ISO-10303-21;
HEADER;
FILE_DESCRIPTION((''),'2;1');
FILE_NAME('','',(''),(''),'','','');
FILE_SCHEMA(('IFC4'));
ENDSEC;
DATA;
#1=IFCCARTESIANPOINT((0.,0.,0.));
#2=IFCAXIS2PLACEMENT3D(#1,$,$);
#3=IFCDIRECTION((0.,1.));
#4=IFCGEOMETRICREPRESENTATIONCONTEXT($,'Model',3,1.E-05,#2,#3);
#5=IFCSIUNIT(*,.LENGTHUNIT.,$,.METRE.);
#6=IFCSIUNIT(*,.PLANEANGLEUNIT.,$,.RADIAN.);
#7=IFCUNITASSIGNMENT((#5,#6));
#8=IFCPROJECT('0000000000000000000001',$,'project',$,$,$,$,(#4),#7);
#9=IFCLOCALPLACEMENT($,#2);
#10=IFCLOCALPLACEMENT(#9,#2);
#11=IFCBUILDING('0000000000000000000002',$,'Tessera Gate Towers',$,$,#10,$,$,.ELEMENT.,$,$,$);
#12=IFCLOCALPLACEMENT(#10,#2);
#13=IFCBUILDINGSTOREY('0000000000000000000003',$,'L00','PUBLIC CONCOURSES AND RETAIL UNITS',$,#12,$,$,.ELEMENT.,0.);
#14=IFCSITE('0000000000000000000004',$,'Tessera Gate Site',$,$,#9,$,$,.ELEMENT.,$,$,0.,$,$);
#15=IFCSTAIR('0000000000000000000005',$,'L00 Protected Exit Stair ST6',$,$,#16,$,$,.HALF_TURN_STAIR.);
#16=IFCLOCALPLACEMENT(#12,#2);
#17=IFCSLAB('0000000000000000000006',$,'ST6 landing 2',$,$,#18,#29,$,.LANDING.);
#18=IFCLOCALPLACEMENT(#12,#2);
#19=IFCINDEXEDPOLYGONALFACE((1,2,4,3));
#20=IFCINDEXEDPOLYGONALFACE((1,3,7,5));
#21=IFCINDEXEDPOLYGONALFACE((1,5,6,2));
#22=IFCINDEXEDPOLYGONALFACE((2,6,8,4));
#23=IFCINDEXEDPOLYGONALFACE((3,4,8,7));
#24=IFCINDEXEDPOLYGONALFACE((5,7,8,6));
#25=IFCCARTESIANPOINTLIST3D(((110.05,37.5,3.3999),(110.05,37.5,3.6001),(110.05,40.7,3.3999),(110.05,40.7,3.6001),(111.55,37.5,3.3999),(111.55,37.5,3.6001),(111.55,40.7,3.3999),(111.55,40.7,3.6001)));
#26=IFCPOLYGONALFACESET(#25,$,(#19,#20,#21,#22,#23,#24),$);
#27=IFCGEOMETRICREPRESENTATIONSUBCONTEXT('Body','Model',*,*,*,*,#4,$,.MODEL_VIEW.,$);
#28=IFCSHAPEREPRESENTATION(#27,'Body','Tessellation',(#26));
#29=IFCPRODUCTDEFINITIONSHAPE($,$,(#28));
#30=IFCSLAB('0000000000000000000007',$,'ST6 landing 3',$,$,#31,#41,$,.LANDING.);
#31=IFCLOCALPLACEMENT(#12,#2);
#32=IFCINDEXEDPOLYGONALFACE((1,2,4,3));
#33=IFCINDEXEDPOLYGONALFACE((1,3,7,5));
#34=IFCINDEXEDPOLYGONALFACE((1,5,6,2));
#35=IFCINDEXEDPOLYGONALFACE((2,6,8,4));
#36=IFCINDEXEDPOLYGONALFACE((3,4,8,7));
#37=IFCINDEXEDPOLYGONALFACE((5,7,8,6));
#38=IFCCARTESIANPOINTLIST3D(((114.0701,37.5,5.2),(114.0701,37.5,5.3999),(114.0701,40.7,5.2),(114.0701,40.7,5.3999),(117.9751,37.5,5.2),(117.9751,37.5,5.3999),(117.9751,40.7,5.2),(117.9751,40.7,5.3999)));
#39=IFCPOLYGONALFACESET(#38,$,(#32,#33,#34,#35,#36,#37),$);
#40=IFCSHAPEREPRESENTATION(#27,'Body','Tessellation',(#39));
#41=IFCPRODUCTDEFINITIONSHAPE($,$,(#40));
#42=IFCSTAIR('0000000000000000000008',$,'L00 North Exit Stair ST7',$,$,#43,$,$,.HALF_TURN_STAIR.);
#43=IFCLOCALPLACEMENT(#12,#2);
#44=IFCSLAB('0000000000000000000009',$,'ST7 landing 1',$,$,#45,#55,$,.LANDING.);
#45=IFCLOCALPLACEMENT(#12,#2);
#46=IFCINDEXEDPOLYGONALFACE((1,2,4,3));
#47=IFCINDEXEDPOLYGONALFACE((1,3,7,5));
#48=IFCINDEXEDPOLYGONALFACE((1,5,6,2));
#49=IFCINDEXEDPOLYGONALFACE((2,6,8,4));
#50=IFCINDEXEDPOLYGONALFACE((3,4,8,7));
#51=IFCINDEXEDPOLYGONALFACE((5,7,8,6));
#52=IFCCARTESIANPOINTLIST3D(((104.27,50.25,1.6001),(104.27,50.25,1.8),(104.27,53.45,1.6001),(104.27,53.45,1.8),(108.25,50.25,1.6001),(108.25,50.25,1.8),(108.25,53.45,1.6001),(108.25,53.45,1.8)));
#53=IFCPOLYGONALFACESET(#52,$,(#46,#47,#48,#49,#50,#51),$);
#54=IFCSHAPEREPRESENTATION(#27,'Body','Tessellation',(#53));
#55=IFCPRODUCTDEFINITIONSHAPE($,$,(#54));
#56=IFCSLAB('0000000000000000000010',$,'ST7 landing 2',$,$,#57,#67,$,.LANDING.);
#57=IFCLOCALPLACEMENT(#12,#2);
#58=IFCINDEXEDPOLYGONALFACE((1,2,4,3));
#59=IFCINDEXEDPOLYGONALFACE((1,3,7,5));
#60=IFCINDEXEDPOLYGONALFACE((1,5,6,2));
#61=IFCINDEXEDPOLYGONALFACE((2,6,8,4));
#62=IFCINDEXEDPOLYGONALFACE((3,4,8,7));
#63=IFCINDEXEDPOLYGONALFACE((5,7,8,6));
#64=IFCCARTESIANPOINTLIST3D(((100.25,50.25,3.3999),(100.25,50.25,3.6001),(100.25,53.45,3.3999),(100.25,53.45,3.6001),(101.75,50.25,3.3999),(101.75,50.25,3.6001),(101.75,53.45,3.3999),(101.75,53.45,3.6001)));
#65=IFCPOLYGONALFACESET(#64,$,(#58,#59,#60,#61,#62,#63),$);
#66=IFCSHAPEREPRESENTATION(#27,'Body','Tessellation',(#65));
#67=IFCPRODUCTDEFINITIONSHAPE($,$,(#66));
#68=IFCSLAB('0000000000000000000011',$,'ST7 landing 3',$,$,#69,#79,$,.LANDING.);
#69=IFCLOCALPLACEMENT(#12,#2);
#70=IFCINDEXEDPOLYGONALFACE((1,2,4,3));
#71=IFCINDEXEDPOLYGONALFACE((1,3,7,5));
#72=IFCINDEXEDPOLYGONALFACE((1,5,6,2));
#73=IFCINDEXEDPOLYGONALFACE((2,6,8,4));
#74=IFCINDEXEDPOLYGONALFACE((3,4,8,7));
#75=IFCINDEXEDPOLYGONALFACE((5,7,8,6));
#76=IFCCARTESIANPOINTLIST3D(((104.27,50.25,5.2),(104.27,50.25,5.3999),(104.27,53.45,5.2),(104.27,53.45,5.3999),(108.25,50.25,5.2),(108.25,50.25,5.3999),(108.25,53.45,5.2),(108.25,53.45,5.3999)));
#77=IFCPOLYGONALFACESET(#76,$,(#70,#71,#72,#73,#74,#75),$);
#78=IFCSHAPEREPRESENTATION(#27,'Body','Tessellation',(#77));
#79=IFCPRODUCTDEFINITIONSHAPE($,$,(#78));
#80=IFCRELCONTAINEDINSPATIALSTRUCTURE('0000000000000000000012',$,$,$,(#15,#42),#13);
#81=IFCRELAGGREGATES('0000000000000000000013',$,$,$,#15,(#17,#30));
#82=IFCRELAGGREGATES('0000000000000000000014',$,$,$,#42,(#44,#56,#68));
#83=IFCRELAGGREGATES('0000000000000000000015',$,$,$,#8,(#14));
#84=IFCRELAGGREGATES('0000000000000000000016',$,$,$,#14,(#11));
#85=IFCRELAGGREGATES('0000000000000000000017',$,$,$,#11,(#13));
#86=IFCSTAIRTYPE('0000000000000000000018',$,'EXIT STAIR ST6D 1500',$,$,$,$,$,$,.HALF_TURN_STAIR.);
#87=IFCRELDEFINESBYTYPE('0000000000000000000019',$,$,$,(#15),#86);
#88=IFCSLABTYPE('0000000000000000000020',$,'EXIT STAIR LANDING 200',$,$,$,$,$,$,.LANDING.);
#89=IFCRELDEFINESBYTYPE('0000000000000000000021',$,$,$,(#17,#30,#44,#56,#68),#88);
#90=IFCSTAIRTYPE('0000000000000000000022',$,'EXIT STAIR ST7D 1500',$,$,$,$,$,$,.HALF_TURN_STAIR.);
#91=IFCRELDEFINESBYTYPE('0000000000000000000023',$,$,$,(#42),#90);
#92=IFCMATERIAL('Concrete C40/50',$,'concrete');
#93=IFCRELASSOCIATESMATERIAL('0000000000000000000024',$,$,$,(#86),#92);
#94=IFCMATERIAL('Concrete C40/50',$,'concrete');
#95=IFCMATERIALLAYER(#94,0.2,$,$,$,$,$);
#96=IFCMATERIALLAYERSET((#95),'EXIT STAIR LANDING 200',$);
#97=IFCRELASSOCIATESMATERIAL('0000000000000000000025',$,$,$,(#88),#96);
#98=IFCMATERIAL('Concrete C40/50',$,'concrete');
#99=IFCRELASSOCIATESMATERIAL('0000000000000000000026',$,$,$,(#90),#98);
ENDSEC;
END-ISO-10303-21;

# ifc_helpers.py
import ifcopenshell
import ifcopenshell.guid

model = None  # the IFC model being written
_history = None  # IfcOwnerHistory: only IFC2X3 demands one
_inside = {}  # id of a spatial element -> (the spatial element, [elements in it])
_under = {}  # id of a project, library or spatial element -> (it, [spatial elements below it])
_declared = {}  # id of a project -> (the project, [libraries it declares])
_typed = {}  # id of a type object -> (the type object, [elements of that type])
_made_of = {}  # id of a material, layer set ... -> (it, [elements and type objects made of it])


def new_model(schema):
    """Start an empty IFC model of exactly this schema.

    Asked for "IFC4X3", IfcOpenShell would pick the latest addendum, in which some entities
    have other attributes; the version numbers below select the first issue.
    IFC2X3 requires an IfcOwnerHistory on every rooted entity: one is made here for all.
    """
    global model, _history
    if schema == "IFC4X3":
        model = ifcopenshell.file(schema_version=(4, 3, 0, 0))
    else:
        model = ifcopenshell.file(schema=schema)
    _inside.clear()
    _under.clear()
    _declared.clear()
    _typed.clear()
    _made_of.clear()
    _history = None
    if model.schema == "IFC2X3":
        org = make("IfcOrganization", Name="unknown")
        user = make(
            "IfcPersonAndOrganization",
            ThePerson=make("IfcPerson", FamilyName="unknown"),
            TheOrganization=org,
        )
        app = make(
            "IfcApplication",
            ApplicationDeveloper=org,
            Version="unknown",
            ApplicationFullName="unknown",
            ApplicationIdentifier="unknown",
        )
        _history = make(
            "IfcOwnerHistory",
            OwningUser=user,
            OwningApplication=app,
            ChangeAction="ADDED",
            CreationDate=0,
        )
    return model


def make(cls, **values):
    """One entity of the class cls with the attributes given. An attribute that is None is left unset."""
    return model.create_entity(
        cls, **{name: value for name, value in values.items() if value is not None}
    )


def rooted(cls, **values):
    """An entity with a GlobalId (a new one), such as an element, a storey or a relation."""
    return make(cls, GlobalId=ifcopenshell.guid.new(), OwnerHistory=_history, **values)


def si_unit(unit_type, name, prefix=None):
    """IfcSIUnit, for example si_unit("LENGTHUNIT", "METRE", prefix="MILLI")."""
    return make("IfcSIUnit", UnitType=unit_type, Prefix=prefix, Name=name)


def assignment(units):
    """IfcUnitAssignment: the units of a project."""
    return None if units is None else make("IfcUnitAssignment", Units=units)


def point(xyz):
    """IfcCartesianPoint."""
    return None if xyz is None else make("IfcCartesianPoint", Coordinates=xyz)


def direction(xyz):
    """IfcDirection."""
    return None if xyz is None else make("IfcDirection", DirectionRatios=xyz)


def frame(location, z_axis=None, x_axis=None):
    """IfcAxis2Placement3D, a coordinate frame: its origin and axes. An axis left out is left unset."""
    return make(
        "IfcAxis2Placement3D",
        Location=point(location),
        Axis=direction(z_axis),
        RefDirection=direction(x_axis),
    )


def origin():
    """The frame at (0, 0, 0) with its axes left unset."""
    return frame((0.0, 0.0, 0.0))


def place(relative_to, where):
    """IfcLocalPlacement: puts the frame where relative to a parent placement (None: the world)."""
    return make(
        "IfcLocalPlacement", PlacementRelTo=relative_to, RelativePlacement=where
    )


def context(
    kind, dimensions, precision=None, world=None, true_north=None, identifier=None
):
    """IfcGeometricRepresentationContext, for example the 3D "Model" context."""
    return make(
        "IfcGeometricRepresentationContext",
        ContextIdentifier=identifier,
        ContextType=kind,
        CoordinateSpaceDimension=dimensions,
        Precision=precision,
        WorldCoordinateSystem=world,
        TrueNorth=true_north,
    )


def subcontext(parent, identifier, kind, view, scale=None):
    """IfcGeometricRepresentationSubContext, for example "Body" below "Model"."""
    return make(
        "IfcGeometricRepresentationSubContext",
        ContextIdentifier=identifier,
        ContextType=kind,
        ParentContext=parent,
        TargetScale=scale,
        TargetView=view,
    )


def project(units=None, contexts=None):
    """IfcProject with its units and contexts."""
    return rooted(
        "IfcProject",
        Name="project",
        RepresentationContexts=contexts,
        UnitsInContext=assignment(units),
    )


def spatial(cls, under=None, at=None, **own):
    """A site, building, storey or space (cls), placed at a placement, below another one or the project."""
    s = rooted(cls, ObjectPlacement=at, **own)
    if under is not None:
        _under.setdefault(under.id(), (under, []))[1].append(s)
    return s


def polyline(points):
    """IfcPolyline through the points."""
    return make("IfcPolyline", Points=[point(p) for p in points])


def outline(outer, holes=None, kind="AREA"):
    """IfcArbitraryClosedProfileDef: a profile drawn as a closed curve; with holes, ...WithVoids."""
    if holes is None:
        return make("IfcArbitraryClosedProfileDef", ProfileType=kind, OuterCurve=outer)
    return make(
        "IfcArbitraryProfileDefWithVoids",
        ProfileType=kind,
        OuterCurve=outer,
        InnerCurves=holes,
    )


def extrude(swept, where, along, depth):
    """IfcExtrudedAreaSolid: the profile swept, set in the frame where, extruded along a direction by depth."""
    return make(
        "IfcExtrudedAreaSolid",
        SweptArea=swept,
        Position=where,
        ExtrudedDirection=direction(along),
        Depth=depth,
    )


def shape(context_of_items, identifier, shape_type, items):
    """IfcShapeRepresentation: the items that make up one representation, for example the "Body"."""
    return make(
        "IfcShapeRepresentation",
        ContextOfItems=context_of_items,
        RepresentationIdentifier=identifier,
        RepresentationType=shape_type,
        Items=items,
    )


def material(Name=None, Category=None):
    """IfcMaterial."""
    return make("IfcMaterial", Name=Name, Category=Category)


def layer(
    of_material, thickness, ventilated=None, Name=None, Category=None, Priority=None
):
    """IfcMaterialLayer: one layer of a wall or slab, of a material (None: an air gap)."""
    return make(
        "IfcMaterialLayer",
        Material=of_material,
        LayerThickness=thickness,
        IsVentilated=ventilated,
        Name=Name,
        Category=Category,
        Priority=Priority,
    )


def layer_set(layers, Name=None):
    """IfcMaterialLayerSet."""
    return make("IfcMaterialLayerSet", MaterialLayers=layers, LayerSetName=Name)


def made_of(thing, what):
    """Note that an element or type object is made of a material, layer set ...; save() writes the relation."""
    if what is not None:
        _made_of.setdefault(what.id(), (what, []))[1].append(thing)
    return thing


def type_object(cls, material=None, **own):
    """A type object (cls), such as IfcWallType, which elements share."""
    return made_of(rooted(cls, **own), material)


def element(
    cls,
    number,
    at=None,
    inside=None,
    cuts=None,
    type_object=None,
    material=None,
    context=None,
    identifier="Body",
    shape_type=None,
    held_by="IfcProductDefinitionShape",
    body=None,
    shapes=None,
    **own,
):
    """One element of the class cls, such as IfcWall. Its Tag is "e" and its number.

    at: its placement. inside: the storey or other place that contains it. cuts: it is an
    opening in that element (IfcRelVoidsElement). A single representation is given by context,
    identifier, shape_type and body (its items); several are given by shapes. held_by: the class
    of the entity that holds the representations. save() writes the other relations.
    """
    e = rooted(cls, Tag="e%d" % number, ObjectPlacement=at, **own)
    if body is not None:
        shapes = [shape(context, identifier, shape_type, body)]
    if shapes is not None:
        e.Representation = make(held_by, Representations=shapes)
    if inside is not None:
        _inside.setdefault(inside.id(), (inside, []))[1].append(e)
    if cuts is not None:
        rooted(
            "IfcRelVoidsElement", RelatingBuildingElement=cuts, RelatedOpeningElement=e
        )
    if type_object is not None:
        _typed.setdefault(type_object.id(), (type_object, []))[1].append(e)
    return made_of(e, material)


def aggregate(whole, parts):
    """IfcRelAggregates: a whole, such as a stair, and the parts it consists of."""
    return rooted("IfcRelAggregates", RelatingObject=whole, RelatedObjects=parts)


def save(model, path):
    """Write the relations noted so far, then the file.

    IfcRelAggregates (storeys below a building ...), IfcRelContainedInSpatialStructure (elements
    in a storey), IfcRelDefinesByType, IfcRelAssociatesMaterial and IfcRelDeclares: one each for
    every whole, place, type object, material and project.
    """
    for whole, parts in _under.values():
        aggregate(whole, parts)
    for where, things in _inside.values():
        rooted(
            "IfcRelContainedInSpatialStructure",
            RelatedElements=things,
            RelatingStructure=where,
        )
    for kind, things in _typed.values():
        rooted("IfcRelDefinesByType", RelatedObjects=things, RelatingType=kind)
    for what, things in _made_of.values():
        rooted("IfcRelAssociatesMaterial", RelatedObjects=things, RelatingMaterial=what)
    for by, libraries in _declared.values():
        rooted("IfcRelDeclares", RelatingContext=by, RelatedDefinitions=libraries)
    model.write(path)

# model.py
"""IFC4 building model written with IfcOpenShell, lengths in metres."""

from ifc_helpers import new_model, si_unit, direction, frame, origin, place, context, subcontext, project, spatial, polyline, outline, extrude, material, layer, layer_set, type_object, element, aggregate, save


model = new_model("IFC4")

# Units and contexts
model_context = context("Model", 3, precision=1e-05, world=origin(), true_north=direction((0.0, 1.0)))
body_context = subcontext(model_context, "Body", "Model", "MODEL_VIEW")
ifc_project = project(units=[si_unit("LENGTHUNIT", "METRE"), si_unit("PLANEANGLEUNIT", "RADIAN")], contexts=[model_context])

# Site, building, storey
site_placement = place(None, origin())
site = spatial("IfcSite", under=ifc_project, at=site_placement, Name="Tessera Gate Site", CompositionType="ELEMENT", RefElevation=0.0)
building_placement = place(site_placement, origin())
building = spatial("IfcBuilding", under=site, at=building_placement, Name="Tessera Gate Towers", CompositionType="ELEMENT")
storey_placement = place(building_placement, origin())
storey = spatial("IfcBuildingStorey", under=building, at=storey_placement, Name="L00", Description="PUBLIC CONCOURSES AND RETAIL UNITS", CompositionType="ELEMENT", Elevation=0.0)

# Stairs, slabs
ifc_material_1 = material(Name="Concrete C40/50", Category="concrete")
stair_type_1 = type_object("IfcStairType", Name="EXIT STAIR ST6D 1500", PredefinedType="HALF_TURN_STAIR", material=ifc_material_1)
stair_1_placement = place(storey_placement, origin())
stair_1 = element("IfcStair", 1, at=stair_1_placement, inside=storey, type_object=stair_type_1, Name="L00 Protected Exit Stair ST6", PredefinedType="HALF_TURN_STAIR")
ifc_material_2 = material(Name="Concrete C40/50", Category="concrete")
ifc_layer_1 = layer(ifc_material_2, 0.2)
ifc_layer_set_1 = layer_set([ifc_layer_1], Name="EXIT STAIR LANDING 200")
slab_type_1 = type_object("IfcSlabType", Name="EXIT STAIR LANDING 200", PredefinedType="LANDING", material=ifc_layer_set_1)
slab_1_placement = place(storey_placement, frame((0.0, 0.0, 3.3999)))
slab_1 = element("IfcSlab", 2, at=slab_1_placement, type_object=slab_type_1, Name="ST6 landing 2", PredefinedType="LANDING", context=body_context, shape_type="SweptSolid", body=[
    extrude(outline(polyline([(110.05, 37.5), (111.55, 37.5), (111.55, 40.7), (110.05, 40.7), (110.05, 37.5)])), origin(), (0.0, 0.0, 1.0), 0.2002),
])
slab_2_placement = place(storey_placement, frame((0.0, 0.0, 5.2)))
slab_2 = element("IfcSlab", 3, at=slab_2_placement, type_object=slab_type_1, Name="ST6 landing 3", PredefinedType="LANDING", context=body_context, shape_type="SweptSolid", body=[
    extrude(outline(polyline([(114.0701, 37.5), (117.9751, 37.5), (117.9751, 40.7), (114.0701, 40.7), (114.0701, 37.5)])), origin(), (0.0, 0.0, 1.0), 0.2),
])
aggregate(stair_1, [slab_1, slab_2])
ifc_material_3 = material(Name="Concrete C40/50", Category="concrete")
stair_type_2 = type_object("IfcStairType", Name="EXIT STAIR ST7D 1500", PredefinedType="HALF_TURN_STAIR", material=ifc_material_3)
stair_2_placement = place(storey_placement, origin())
stair_2 = element("IfcStair", 4, at=stair_2_placement, inside=storey, type_object=stair_type_2, Name="L00 North Exit Stair ST7", PredefinedType="HALF_TURN_STAIR")
slab_3_placement = place(storey_placement, frame((0.0, 0.0, 1.6001)))
slab_3 = element("IfcSlab", 5, at=slab_3_placement, type_object=slab_type_1, Name="ST7 landing 1", PredefinedType="LANDING", context=body_context, shape_type="SweptSolid", body=[
    extrude(outline(polyline([(104.27, 50.25), (108.25, 50.25), (108.25, 53.45), (104.27, 53.45), (104.27, 50.25)])), origin(), (0.0, 0.0, 1.0), 0.2),
])
slab_4_placement = place(storey_placement, frame((0.0, 0.0, 3.3999)))
slab_4 = element("IfcSlab", 6, at=slab_4_placement, type_object=slab_type_1, Name="ST7 landing 2", PredefinedType="LANDING", context=body_context, shape_type="SweptSolid", body=[
    extrude(outline(polyline([(100.25, 50.25), (101.75, 50.25), (101.75, 53.45), (100.25, 53.45), (100.25, 50.25)])), origin(), (0.0, 0.0, 1.0), 0.2002),
])
slab_5_placement = place(storey_placement, frame((0.0, 0.0, 5.2)))
slab_5 = element("IfcSlab", 7, at=slab_5_placement, type_object=slab_type_1, Name="ST7 landing 3", PredefinedType="LANDING", context=body_context, shape_type="SweptSolid", body=[
    extrude(outline(polyline([(104.27, 50.25), (108.25, 50.25), (108.25, 53.45), (104.27, 53.45), (104.27, 50.25)])), origin(), (0.0, 0.0, 1.0), 0.2),
])
aggregate(stair_2, [slab_3, slab_4, slab_5])

save(model, "model.ifc")
